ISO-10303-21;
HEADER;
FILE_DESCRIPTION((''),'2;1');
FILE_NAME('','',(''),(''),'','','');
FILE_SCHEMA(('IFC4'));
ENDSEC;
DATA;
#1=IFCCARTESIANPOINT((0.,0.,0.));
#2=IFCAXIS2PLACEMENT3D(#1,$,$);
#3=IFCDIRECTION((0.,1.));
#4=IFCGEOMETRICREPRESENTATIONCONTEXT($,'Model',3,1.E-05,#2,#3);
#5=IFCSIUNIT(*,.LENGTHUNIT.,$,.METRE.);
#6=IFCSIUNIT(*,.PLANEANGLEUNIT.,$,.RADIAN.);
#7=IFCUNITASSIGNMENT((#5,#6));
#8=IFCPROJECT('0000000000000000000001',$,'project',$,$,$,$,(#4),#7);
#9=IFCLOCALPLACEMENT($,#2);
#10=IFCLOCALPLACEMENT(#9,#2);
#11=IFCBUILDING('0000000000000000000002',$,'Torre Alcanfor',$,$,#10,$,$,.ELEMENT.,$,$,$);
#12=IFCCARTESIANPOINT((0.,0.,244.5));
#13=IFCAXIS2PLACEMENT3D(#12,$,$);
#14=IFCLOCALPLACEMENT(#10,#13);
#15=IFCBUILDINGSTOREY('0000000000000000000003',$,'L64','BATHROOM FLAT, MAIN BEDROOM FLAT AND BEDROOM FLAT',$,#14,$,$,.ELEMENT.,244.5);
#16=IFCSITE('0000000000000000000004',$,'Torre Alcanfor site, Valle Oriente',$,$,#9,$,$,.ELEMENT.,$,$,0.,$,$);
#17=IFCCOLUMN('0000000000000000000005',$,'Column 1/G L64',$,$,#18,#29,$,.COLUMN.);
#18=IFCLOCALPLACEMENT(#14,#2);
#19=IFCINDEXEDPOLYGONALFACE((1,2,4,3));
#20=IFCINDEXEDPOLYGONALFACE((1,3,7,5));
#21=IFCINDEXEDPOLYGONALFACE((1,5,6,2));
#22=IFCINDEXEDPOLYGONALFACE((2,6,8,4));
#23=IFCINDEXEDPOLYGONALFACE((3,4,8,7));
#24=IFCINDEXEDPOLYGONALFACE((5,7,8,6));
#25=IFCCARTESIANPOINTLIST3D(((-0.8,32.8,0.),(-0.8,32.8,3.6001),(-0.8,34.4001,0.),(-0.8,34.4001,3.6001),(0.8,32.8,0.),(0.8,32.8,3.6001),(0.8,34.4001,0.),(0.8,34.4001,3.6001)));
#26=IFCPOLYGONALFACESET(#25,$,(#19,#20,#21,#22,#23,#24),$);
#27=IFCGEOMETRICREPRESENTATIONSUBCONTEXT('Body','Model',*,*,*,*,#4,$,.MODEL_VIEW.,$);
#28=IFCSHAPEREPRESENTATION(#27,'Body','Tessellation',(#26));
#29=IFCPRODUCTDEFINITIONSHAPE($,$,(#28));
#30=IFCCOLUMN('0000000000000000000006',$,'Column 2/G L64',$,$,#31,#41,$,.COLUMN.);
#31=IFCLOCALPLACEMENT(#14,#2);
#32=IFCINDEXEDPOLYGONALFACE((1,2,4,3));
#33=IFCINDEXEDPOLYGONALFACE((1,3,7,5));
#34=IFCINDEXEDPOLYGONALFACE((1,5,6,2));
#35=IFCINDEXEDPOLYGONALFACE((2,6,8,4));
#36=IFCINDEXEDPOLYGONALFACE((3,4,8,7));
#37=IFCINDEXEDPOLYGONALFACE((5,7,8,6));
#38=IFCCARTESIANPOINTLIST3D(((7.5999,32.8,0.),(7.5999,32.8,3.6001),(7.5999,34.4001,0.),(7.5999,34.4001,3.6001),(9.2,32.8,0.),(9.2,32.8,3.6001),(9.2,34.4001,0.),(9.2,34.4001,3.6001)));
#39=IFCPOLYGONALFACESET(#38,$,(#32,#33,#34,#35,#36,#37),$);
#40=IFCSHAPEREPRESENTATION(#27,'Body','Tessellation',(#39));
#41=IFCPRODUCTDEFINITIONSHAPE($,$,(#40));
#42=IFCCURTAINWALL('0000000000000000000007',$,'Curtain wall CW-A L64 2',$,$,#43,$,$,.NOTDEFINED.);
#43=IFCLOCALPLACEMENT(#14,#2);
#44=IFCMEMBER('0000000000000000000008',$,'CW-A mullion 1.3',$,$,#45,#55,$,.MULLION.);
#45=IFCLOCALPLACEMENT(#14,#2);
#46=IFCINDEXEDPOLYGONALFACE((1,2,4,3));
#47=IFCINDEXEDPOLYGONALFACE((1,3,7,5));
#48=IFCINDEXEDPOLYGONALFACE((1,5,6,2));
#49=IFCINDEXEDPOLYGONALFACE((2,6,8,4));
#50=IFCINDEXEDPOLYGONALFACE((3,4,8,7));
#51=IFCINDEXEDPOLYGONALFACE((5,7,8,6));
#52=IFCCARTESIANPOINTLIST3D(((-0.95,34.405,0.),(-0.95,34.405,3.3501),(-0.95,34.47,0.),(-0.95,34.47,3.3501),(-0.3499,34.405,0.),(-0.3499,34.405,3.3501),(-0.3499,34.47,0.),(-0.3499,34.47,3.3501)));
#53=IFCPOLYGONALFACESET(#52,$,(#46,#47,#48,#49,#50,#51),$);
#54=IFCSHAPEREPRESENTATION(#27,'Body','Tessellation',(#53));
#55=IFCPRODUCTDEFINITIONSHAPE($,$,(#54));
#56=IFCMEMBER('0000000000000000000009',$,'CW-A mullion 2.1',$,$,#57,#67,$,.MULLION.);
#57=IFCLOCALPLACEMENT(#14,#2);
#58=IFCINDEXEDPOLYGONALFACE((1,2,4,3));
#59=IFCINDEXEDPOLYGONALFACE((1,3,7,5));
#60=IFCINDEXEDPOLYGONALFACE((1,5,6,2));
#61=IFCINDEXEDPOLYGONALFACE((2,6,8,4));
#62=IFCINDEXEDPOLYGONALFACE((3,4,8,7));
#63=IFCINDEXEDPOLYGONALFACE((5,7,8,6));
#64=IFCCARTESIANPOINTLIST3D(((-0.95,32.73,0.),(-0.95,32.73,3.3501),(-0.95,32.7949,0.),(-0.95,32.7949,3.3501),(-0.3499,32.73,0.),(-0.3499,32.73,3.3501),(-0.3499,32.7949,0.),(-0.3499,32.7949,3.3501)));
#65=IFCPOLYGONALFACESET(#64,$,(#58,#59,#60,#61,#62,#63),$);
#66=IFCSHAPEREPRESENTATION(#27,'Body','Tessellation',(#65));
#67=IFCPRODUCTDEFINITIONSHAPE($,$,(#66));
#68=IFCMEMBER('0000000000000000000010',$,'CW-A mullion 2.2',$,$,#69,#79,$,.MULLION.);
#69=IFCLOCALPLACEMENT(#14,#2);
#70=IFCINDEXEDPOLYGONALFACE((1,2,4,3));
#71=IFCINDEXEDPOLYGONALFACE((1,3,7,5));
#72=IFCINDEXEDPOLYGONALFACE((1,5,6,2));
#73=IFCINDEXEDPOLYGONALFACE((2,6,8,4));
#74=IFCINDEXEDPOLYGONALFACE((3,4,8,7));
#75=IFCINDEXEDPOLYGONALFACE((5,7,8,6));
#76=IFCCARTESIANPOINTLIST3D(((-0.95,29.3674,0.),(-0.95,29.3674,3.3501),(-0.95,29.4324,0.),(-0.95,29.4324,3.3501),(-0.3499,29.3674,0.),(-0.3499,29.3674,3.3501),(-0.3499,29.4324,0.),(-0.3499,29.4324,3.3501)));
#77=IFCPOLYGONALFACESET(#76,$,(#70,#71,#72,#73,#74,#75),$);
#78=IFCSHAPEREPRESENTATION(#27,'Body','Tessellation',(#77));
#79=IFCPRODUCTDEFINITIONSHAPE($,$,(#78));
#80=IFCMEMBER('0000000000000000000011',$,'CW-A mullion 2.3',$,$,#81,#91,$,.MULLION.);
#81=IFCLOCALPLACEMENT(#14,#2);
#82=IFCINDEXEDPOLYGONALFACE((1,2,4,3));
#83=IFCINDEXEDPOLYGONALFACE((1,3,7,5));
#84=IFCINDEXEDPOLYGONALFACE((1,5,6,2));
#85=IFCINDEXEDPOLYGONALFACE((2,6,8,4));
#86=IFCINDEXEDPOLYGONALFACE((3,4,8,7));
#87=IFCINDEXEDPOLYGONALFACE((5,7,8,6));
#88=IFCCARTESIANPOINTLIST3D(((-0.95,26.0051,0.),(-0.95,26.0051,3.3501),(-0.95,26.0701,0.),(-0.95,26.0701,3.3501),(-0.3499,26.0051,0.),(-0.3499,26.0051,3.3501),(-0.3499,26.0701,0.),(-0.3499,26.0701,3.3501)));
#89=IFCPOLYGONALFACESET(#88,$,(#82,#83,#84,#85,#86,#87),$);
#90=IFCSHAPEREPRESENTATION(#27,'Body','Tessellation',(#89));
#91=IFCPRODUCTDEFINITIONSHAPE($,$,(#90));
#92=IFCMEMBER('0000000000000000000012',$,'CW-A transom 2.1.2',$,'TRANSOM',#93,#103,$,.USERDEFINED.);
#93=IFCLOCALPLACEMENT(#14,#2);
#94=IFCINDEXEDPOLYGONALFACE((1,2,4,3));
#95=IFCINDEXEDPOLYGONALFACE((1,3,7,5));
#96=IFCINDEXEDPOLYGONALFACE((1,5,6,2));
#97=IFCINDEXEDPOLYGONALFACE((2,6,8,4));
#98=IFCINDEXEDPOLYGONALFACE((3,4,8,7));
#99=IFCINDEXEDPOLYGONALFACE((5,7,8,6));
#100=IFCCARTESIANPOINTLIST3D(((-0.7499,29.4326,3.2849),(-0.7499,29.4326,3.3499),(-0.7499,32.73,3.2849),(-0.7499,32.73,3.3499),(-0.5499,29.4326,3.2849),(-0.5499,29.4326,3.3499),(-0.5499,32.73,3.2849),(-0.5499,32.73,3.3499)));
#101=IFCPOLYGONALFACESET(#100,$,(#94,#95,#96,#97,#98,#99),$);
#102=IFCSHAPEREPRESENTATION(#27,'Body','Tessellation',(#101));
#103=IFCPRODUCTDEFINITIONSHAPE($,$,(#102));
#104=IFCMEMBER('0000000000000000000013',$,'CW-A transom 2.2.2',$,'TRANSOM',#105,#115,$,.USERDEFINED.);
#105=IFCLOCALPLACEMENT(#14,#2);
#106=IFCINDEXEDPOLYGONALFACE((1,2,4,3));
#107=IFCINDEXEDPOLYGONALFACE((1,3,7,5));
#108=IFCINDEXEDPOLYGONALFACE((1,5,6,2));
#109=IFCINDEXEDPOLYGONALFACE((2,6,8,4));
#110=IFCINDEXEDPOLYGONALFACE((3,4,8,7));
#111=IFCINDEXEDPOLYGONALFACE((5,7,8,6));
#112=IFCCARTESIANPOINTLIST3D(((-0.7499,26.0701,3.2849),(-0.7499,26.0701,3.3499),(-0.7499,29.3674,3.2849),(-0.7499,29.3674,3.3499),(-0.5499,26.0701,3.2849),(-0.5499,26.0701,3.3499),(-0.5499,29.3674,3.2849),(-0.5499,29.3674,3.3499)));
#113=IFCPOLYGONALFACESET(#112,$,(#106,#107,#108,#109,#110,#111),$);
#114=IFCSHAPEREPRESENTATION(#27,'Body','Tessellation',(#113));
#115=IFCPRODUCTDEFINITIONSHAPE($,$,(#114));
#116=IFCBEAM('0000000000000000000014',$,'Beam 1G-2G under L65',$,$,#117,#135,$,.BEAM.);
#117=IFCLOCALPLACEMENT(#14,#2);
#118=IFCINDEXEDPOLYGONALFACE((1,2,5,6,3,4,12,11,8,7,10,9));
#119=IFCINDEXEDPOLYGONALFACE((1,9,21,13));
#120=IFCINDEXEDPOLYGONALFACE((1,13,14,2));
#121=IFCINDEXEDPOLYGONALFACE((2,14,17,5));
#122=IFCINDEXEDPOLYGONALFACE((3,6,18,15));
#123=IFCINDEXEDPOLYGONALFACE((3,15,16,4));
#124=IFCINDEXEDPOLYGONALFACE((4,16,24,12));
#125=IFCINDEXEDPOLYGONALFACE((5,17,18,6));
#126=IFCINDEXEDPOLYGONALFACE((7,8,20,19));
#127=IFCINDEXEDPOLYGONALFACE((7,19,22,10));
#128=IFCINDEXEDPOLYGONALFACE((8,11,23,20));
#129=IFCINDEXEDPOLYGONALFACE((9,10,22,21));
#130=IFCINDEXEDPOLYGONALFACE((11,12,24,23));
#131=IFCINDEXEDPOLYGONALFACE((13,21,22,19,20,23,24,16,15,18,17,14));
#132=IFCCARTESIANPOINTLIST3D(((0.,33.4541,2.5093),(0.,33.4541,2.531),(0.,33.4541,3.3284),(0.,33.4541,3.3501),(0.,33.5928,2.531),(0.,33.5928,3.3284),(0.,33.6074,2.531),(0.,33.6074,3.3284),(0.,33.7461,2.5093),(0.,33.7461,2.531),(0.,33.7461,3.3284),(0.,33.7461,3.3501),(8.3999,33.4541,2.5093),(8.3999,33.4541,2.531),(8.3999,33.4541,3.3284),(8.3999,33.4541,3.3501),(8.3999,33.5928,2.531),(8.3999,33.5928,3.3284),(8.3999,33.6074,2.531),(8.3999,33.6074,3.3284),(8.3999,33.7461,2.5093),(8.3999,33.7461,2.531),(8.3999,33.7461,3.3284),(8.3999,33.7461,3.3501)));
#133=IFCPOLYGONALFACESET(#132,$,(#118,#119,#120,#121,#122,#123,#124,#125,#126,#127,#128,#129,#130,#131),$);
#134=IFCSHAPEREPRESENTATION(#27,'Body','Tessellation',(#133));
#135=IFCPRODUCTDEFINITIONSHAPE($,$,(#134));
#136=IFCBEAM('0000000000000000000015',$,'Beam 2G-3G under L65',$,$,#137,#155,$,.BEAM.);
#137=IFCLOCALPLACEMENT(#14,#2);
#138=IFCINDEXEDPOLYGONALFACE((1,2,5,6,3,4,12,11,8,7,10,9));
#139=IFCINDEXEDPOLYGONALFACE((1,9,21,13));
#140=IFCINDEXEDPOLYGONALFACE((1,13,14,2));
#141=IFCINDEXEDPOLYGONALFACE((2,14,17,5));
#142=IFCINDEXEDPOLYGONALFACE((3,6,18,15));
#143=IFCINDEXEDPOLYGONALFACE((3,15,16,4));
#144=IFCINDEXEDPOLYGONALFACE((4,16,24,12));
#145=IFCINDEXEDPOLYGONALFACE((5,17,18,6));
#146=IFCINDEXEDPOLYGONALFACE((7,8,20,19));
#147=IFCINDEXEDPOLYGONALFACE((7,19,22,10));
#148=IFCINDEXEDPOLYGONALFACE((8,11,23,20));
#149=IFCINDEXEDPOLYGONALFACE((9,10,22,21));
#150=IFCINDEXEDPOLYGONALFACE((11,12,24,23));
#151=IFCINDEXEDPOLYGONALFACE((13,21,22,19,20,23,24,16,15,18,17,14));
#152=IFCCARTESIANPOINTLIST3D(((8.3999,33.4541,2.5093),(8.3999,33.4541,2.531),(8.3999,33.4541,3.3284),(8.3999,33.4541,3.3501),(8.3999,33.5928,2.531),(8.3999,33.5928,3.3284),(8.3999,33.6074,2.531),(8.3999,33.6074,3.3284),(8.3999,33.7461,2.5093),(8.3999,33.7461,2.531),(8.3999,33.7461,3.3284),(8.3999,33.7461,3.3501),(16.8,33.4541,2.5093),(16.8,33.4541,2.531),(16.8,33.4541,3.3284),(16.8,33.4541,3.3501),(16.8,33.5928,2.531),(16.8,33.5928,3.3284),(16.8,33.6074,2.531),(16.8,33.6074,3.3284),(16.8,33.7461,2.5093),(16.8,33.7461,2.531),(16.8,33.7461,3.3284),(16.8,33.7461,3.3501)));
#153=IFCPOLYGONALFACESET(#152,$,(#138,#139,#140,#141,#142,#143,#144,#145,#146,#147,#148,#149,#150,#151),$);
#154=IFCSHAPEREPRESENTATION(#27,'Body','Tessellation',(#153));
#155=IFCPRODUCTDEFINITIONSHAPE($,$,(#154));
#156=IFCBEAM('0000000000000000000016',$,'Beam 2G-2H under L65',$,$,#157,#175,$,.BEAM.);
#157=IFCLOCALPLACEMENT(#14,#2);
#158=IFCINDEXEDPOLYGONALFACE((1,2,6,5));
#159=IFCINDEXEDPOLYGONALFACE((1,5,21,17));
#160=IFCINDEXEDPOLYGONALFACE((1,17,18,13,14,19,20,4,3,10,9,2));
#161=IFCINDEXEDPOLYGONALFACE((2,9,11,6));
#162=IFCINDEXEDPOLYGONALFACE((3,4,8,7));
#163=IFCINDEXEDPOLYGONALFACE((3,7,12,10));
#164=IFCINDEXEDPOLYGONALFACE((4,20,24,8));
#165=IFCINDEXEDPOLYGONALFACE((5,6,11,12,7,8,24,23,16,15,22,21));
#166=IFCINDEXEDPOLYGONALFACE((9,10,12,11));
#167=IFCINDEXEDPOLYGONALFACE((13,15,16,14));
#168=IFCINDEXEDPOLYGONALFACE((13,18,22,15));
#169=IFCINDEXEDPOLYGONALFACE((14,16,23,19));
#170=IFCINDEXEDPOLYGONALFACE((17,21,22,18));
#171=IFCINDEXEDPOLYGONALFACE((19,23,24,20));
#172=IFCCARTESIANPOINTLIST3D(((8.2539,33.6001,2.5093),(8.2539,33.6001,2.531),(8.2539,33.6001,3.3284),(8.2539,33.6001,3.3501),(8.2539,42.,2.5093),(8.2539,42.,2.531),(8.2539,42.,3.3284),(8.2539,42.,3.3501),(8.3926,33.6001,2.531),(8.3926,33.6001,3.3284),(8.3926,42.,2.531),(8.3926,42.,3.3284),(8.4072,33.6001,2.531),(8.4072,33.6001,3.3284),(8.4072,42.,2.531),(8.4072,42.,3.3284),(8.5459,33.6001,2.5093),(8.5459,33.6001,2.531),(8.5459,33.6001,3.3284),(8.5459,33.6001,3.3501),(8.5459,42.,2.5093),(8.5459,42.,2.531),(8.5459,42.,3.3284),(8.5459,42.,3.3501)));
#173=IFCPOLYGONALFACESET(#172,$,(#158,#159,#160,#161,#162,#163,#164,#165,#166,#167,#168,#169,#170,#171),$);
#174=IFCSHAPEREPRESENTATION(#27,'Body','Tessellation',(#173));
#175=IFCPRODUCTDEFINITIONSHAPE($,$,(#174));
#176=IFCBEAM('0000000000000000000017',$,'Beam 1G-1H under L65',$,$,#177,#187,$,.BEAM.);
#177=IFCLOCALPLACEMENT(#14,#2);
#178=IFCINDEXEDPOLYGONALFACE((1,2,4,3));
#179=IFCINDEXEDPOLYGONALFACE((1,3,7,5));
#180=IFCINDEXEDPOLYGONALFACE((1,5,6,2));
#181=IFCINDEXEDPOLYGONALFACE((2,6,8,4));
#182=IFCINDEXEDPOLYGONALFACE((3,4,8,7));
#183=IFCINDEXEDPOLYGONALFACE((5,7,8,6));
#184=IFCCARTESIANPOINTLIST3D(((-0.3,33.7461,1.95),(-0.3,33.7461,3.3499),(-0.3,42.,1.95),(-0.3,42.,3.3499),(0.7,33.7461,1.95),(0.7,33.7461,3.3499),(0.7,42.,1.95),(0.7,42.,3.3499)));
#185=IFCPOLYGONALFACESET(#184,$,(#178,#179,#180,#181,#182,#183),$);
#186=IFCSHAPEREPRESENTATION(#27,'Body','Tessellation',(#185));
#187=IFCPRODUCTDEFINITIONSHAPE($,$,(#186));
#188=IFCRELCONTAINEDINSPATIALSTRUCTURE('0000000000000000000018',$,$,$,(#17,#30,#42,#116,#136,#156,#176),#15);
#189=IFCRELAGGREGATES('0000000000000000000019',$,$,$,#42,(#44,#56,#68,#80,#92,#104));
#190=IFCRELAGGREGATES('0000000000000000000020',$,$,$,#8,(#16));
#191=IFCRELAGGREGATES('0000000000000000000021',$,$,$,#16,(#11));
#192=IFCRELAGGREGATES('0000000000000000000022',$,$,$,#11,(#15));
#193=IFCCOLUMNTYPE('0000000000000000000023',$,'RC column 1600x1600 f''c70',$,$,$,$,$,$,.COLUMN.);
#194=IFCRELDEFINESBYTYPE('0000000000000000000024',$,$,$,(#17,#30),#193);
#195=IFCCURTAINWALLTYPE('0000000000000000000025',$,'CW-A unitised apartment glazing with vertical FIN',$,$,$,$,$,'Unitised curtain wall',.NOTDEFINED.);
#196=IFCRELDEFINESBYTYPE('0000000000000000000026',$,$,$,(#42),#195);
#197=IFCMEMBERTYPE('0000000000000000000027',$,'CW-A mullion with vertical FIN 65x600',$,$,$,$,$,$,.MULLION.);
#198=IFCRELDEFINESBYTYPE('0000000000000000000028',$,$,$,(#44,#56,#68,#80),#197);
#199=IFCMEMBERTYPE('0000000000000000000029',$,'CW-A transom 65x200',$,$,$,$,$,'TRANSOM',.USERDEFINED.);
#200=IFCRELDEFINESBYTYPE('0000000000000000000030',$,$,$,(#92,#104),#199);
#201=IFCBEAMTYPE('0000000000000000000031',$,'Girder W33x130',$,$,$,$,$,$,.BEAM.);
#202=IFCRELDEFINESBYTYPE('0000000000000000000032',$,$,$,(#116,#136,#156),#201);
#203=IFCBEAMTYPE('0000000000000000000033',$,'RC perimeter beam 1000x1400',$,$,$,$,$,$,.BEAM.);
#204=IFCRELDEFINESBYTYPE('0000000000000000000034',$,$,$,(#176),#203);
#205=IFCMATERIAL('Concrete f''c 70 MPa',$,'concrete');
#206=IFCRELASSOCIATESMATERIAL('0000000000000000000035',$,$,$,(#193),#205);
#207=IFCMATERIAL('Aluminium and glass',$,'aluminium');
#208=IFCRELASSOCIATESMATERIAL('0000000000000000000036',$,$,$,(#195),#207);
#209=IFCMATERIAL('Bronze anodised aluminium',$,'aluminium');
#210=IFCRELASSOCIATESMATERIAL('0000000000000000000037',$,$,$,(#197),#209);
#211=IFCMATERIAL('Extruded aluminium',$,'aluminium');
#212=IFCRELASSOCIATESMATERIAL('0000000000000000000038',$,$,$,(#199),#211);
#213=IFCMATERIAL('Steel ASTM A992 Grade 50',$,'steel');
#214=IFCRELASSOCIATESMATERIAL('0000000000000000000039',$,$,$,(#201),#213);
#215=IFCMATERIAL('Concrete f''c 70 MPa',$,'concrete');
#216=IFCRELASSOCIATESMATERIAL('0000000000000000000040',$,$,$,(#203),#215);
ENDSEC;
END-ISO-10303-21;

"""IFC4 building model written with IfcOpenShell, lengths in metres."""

from ifc_helpers import new_model, si_unit, direction, frame, origin, origin_2d, place, context, subcontext, project, spatial, rectangle, i_section, extrude, material, material_profile, profile_set, type_object, element, aggregate, save


model = new_model("IFC4")

# Units and contexts
model_context = context("Model", 3, precision=1e-05, world=origin(), true_north=direction((0.0, 1.0)))
body_context = subcontext(model_context, "Body", "Model", "MODEL_VIEW")
ifc_project = project(units=[si_unit("LENGTHUNIT", "METRE"), si_unit("PLANEANGLEUNIT", "RADIAN")], contexts=[model_context])

# Site, building, storey
site_placement = place(None, origin())
site = spatial("IfcSite", under=ifc_project, at=site_placement, Name="Torre Alcanfor site, Valle Oriente", CompositionType="ELEMENT", RefElevation=0.0)
building_placement = place(site_placement, origin())
building = spatial("IfcBuilding", under=site, at=building_placement, Name="Torre Alcanfor", CompositionType="ELEMENT")
storey_placement = place(building_placement, frame((0.0, 0.0, 244.5)))
storey = spatial("IfcBuildingStorey", under=building, at=storey_placement, Name="L64", Description="BATHROOM FLAT, MAIN BEDROOM FLAT AND BEDROOM FLAT", CompositionType="ELEMENT", Elevation=244.5)

# Columns
ifc_material_1 = material(Name="Concrete f'c 70 MPa", Category="concrete")
ifc_material_profile_1 = material_profile(ifc_material_1, rectangle(XDim=1.6001, YDim=1.6001, at=origin_2d()), Name="1600x1600")
ifc_profile_set_1 = profile_set([ifc_material_profile_1], Name="Concrete f'c 70 MPa")
column_type = type_object("IfcColumnType", Name="RC column 1600x1600 f'c70", PredefinedType="COLUMN", material=ifc_profile_set_1)
for number, where, z_axis, x_axis, name in (
    (1, (0.0, 33.6001, 0.0), (0.0, 0.0, 1.0), (1.0, 0.0, 0.0), "Column 1/G L64"),
    (2, (8.3999, 33.6001, 0.0), (0.0, 0.0, 1.0), (1.0, 0.0, 0.0), "Column 2/G L64"),
):
    element("IfcColumn", number, at=place(storey_placement, frame(where, z_axis=z_axis, x_axis=x_axis)), inside=storey, type_object=column_type, Name=name, PredefinedType="COLUMN", context=body_context, shape_type="SweptSolid", body=[
        extrude(rectangle(XDim=1.6001, YDim=1.6001, at=origin_2d()), origin(), (0.0, 0.0, 1.0), 3.6001),
    ])

# Curtain wall, members
ifc_material_2 = material(Name="Aluminium and glass", Category="aluminium")
curtain_wall_type = type_object("IfcCurtainWallType", Name="CW-A unitised apartment glazing with vertical FIN", ElementType="Unitised curtain wall", PredefinedType="NOTDEFINED", material=ifc_material_2)
curtain_wall_placement = place(storey_placement, origin())
curtain_wall = element("IfcCurtainWall", 3, at=curtain_wall_placement, inside=storey, type_object=curtain_wall_type, Name="Curtain wall CW-A L64 2", PredefinedType="NOTDEFINED")
ifc_material_3 = material(Name="Bronze anodised aluminium", Category="aluminium")
ifc_material_profile_2 = material_profile(ifc_material_3, rectangle(XDim=0.6001, YDim=0.0649, at=origin_2d()), Name="CW-A mullion 65x600")
ifc_profile_set_2 = profile_set([ifc_material_profile_2], Name="Bronze anodised aluminium")
member_type_1 = type_object("IfcMemberType", Name="CW-A mullion with vertical FIN 65x600", PredefinedType="MULLION", material=ifc_profile_set_2)
member_1_placement = place(storey_placement, frame((-0.6499, 34.4375, 0.0), z_axis=(0.0, 0.0, 1.0), x_axis=(1.0, 0.0, 0.0)))
member_1 = element("IfcMember", 4, at=member_1_placement, type_object=member_type_1, Name="CW-A mullion 1.3", PredefinedType="MULLION", context=body_context, shape_type="SweptSolid", body=[
    extrude(rectangle(XDim=0.6001, YDim=0.0649, at=origin_2d()), origin(), (0.0, 0.0, 1.0), 3.3501),
])
member_2_placement = place(storey_placement, frame((-0.6499, 32.7625, 0.0), z_axis=(0.0, 0.0, 1.0), x_axis=(1.0, 0.0, 0.0)))
member_2 = element("IfcMember", 5, at=member_2_placement, type_object=member_type_1, Name="CW-A mullion 2.1", PredefinedType="MULLION", context=body_context, shape_type="SweptSolid", body=[
    extrude(rectangle(XDim=0.6001, YDim=0.0649, at=origin_2d()), origin(), (0.0, 0.0, 1.0), 3.3501),
])
member_3_placement = place(storey_placement, frame((-0.6499, 29.3999, 0.0), z_axis=(0.0, 0.0, 1.0), x_axis=(1.0, 0.0, 0.0)))
member_3 = element("IfcMember", 6, at=member_3_placement, type_object=member_type_1, Name="CW-A mullion 2.2", PredefinedType="MULLION", context=body_context, shape_type="SweptSolid", body=[
    extrude(rectangle(XDim=0.6001, YDim=0.0649, at=origin_2d()), origin(), (0.0, 0.0, 1.0), 3.3501),
])
member_4_placement = place(storey_placement, frame((-0.6499, 26.0376, 0.0), z_axis=(0.0, 0.0, 1.0), x_axis=(1.0, 0.0, 0.0)))
member_4 = element("IfcMember", 7, at=member_4_placement, type_object=member_type_1, Name="CW-A mullion 2.3", PredefinedType="MULLION", context=body_context, shape_type="SweptSolid", body=[
    extrude(rectangle(XDim=0.6001, YDim=0.0649, at=origin_2d()), origin(), (0.0, 0.0, 1.0), 3.3501),
])
ifc_material_4 = material(Name="Extruded aluminium", Category="aluminium")
ifc_material_profile_3 = material_profile(ifc_material_4, rectangle(XDim=0.2, YDim=0.0649, at=origin_2d()), Name="CW-A transom 200x65")
ifc_profile_set_3 = profile_set([ifc_material_profile_3], Name="Extruded aluminium")
member_type_2 = type_object("IfcMemberType", Name="CW-A transom 65x200", ElementType="TRANSOM", PredefinedType="USERDEFINED", material=ifc_profile_set_3)
member_5_placement = place(storey_placement, frame((-0.6499, 32.73, 3.3174), z_axis=(0.0, -1.0, 0.0), x_axis=(1.0, 0.0, 0.0)))
member_5 = element("IfcMember", 8, at=member_5_placement, type_object=member_type_2, Name="CW-A transom 2.1.2", ObjectType="TRANSOM", PredefinedType="USERDEFINED", context=body_context, shape_type="SweptSolid", body=[
    extrude(rectangle(XDim=0.2, YDim=0.0649, at=origin_2d()), origin(), (0.0, 0.0, 1.0), 3.2974),
])
member_6_placement = place(storey_placement, frame((-0.6499, 29.3674, 3.3174), z_axis=(0.0, -1.0, 0.0), x_axis=(1.0, 0.0, 0.0)))
member_6 = element("IfcMember", 9, at=member_6_placement, type_object=member_type_2, Name="CW-A transom 2.2.2", ObjectType="TRANSOM", PredefinedType="USERDEFINED", context=body_context, shape_type="SweptSolid", body=[
    extrude(rectangle(XDim=0.2, YDim=0.0649, at=origin_2d()), origin(), (0.0, 0.0, 1.0), 3.2974),
])

# Beams
ifc_material_5 = material(Name="Steel ASTM A992 Grade 50", Category="steel")
ifc_material_profile_4 = material_profile(ifc_material_5, i_section(OverallWidth=0.292, OverallDepth=0.8408, WebThickness=0.0146, FlangeThickness=0.0217, at=origin_2d()), Name="W33x130")
ifc_profile_set_4 = profile_set([ifc_material_profile_4], Name="Steel ASTM A992 Grade 50")
beam_type_1 = type_object("IfcBeamType", Name="Girder W33x130", PredefinedType="BEAM", material=ifc_profile_set_4)
beam_1_placement = place(storey_placement, frame((0.0, 33.6001, 2.9297), z_axis=(1.0, 0.0, 0.0), x_axis=(0.0, 1.0, 0.0)))
element("IfcBeam", 10, at=beam_1_placement, inside=storey, type_object=beam_type_1, Name="Beam 1G-2G under L65", PredefinedType="BEAM", context=body_context, shape_type="SweptSolid", body=[
    extrude(i_section(OverallWidth=0.292, OverallDepth=0.8408, WebThickness=0.0146, FlangeThickness=0.0217, at=origin_2d()), origin(), (0.0, 0.0, 1.0), 8.3999),
])
beam_2_placement = place(storey_placement, frame((8.3999, 33.6001, 2.9297), z_axis=(1.0, 0.0, 0.0), x_axis=(0.0, 1.0, 0.0)))
element("IfcBeam", 11, at=beam_2_placement, inside=storey, type_object=beam_type_1, Name="Beam 2G-3G under L65", PredefinedType="BEAM", context=body_context, shape_type="SweptSolid", body=[
    extrude(i_section(OverallWidth=0.292, OverallDepth=0.8408, WebThickness=0.0146, FlangeThickness=0.0217, at=origin_2d()), origin(), (0.0, 0.0, 1.0), 8.4001),
])
beam_3_placement = place(storey_placement, frame((8.3999, 33.6001, 2.9297), z_axis=(0.0, 1.0, 0.0), x_axis=(-1.0, 0.0, 0.0)))
element("IfcBeam", 12, at=beam_3_placement, inside=storey, type_object=beam_type_1, Name="Beam 2G-2H under L65", PredefinedType="BEAM", context=body_context, shape_type="SweptSolid", body=[
    extrude(i_section(OverallWidth=0.292, OverallDepth=0.8408, WebThickness=0.0146, FlangeThickness=0.0217, at=origin_2d()), origin(), (0.0, 0.0, 1.0), 8.3999),
])
ifc_material_6 = material(Name="Concrete f'c 70 MPa", Category="concrete")
ifc_material_profile_5 = material_profile(ifc_material_6, rectangle(XDim=1.0, YDim=1.3999, at=origin_2d()), Name="1000x1400")
ifc_profile_set_5 = profile_set([ifc_material_profile_5], Name="Concrete f'c 70 MPa")
beam_type_2 = type_object("IfcBeamType", Name="RC perimeter beam 1000x1400", PredefinedType="BEAM", material=ifc_profile_set_5)
beam_4_placement = place(storey_placement, frame((0.2, 33.7461, 2.6499), z_axis=(0.0, 1.0, 0.0), x_axis=(-1.0, 0.0, 0.0)))
element("IfcBeam", 13, at=beam_4_placement, inside=storey, type_object=beam_type_2, Name="Beam 1G-1H under L65", PredefinedType="BEAM", context=body_context, shape_type="SweptSolid", body=[
    extrude(rectangle(XDim=1.0, YDim=1.3999, at=origin_2d()), origin(), (0.0, 0.0, 1.0), 8.2539),
])

aggregate(curtain_wall, [member_1, member_2, member_3, member_4, member_5, member_6])

save(model, "model.ifc")
